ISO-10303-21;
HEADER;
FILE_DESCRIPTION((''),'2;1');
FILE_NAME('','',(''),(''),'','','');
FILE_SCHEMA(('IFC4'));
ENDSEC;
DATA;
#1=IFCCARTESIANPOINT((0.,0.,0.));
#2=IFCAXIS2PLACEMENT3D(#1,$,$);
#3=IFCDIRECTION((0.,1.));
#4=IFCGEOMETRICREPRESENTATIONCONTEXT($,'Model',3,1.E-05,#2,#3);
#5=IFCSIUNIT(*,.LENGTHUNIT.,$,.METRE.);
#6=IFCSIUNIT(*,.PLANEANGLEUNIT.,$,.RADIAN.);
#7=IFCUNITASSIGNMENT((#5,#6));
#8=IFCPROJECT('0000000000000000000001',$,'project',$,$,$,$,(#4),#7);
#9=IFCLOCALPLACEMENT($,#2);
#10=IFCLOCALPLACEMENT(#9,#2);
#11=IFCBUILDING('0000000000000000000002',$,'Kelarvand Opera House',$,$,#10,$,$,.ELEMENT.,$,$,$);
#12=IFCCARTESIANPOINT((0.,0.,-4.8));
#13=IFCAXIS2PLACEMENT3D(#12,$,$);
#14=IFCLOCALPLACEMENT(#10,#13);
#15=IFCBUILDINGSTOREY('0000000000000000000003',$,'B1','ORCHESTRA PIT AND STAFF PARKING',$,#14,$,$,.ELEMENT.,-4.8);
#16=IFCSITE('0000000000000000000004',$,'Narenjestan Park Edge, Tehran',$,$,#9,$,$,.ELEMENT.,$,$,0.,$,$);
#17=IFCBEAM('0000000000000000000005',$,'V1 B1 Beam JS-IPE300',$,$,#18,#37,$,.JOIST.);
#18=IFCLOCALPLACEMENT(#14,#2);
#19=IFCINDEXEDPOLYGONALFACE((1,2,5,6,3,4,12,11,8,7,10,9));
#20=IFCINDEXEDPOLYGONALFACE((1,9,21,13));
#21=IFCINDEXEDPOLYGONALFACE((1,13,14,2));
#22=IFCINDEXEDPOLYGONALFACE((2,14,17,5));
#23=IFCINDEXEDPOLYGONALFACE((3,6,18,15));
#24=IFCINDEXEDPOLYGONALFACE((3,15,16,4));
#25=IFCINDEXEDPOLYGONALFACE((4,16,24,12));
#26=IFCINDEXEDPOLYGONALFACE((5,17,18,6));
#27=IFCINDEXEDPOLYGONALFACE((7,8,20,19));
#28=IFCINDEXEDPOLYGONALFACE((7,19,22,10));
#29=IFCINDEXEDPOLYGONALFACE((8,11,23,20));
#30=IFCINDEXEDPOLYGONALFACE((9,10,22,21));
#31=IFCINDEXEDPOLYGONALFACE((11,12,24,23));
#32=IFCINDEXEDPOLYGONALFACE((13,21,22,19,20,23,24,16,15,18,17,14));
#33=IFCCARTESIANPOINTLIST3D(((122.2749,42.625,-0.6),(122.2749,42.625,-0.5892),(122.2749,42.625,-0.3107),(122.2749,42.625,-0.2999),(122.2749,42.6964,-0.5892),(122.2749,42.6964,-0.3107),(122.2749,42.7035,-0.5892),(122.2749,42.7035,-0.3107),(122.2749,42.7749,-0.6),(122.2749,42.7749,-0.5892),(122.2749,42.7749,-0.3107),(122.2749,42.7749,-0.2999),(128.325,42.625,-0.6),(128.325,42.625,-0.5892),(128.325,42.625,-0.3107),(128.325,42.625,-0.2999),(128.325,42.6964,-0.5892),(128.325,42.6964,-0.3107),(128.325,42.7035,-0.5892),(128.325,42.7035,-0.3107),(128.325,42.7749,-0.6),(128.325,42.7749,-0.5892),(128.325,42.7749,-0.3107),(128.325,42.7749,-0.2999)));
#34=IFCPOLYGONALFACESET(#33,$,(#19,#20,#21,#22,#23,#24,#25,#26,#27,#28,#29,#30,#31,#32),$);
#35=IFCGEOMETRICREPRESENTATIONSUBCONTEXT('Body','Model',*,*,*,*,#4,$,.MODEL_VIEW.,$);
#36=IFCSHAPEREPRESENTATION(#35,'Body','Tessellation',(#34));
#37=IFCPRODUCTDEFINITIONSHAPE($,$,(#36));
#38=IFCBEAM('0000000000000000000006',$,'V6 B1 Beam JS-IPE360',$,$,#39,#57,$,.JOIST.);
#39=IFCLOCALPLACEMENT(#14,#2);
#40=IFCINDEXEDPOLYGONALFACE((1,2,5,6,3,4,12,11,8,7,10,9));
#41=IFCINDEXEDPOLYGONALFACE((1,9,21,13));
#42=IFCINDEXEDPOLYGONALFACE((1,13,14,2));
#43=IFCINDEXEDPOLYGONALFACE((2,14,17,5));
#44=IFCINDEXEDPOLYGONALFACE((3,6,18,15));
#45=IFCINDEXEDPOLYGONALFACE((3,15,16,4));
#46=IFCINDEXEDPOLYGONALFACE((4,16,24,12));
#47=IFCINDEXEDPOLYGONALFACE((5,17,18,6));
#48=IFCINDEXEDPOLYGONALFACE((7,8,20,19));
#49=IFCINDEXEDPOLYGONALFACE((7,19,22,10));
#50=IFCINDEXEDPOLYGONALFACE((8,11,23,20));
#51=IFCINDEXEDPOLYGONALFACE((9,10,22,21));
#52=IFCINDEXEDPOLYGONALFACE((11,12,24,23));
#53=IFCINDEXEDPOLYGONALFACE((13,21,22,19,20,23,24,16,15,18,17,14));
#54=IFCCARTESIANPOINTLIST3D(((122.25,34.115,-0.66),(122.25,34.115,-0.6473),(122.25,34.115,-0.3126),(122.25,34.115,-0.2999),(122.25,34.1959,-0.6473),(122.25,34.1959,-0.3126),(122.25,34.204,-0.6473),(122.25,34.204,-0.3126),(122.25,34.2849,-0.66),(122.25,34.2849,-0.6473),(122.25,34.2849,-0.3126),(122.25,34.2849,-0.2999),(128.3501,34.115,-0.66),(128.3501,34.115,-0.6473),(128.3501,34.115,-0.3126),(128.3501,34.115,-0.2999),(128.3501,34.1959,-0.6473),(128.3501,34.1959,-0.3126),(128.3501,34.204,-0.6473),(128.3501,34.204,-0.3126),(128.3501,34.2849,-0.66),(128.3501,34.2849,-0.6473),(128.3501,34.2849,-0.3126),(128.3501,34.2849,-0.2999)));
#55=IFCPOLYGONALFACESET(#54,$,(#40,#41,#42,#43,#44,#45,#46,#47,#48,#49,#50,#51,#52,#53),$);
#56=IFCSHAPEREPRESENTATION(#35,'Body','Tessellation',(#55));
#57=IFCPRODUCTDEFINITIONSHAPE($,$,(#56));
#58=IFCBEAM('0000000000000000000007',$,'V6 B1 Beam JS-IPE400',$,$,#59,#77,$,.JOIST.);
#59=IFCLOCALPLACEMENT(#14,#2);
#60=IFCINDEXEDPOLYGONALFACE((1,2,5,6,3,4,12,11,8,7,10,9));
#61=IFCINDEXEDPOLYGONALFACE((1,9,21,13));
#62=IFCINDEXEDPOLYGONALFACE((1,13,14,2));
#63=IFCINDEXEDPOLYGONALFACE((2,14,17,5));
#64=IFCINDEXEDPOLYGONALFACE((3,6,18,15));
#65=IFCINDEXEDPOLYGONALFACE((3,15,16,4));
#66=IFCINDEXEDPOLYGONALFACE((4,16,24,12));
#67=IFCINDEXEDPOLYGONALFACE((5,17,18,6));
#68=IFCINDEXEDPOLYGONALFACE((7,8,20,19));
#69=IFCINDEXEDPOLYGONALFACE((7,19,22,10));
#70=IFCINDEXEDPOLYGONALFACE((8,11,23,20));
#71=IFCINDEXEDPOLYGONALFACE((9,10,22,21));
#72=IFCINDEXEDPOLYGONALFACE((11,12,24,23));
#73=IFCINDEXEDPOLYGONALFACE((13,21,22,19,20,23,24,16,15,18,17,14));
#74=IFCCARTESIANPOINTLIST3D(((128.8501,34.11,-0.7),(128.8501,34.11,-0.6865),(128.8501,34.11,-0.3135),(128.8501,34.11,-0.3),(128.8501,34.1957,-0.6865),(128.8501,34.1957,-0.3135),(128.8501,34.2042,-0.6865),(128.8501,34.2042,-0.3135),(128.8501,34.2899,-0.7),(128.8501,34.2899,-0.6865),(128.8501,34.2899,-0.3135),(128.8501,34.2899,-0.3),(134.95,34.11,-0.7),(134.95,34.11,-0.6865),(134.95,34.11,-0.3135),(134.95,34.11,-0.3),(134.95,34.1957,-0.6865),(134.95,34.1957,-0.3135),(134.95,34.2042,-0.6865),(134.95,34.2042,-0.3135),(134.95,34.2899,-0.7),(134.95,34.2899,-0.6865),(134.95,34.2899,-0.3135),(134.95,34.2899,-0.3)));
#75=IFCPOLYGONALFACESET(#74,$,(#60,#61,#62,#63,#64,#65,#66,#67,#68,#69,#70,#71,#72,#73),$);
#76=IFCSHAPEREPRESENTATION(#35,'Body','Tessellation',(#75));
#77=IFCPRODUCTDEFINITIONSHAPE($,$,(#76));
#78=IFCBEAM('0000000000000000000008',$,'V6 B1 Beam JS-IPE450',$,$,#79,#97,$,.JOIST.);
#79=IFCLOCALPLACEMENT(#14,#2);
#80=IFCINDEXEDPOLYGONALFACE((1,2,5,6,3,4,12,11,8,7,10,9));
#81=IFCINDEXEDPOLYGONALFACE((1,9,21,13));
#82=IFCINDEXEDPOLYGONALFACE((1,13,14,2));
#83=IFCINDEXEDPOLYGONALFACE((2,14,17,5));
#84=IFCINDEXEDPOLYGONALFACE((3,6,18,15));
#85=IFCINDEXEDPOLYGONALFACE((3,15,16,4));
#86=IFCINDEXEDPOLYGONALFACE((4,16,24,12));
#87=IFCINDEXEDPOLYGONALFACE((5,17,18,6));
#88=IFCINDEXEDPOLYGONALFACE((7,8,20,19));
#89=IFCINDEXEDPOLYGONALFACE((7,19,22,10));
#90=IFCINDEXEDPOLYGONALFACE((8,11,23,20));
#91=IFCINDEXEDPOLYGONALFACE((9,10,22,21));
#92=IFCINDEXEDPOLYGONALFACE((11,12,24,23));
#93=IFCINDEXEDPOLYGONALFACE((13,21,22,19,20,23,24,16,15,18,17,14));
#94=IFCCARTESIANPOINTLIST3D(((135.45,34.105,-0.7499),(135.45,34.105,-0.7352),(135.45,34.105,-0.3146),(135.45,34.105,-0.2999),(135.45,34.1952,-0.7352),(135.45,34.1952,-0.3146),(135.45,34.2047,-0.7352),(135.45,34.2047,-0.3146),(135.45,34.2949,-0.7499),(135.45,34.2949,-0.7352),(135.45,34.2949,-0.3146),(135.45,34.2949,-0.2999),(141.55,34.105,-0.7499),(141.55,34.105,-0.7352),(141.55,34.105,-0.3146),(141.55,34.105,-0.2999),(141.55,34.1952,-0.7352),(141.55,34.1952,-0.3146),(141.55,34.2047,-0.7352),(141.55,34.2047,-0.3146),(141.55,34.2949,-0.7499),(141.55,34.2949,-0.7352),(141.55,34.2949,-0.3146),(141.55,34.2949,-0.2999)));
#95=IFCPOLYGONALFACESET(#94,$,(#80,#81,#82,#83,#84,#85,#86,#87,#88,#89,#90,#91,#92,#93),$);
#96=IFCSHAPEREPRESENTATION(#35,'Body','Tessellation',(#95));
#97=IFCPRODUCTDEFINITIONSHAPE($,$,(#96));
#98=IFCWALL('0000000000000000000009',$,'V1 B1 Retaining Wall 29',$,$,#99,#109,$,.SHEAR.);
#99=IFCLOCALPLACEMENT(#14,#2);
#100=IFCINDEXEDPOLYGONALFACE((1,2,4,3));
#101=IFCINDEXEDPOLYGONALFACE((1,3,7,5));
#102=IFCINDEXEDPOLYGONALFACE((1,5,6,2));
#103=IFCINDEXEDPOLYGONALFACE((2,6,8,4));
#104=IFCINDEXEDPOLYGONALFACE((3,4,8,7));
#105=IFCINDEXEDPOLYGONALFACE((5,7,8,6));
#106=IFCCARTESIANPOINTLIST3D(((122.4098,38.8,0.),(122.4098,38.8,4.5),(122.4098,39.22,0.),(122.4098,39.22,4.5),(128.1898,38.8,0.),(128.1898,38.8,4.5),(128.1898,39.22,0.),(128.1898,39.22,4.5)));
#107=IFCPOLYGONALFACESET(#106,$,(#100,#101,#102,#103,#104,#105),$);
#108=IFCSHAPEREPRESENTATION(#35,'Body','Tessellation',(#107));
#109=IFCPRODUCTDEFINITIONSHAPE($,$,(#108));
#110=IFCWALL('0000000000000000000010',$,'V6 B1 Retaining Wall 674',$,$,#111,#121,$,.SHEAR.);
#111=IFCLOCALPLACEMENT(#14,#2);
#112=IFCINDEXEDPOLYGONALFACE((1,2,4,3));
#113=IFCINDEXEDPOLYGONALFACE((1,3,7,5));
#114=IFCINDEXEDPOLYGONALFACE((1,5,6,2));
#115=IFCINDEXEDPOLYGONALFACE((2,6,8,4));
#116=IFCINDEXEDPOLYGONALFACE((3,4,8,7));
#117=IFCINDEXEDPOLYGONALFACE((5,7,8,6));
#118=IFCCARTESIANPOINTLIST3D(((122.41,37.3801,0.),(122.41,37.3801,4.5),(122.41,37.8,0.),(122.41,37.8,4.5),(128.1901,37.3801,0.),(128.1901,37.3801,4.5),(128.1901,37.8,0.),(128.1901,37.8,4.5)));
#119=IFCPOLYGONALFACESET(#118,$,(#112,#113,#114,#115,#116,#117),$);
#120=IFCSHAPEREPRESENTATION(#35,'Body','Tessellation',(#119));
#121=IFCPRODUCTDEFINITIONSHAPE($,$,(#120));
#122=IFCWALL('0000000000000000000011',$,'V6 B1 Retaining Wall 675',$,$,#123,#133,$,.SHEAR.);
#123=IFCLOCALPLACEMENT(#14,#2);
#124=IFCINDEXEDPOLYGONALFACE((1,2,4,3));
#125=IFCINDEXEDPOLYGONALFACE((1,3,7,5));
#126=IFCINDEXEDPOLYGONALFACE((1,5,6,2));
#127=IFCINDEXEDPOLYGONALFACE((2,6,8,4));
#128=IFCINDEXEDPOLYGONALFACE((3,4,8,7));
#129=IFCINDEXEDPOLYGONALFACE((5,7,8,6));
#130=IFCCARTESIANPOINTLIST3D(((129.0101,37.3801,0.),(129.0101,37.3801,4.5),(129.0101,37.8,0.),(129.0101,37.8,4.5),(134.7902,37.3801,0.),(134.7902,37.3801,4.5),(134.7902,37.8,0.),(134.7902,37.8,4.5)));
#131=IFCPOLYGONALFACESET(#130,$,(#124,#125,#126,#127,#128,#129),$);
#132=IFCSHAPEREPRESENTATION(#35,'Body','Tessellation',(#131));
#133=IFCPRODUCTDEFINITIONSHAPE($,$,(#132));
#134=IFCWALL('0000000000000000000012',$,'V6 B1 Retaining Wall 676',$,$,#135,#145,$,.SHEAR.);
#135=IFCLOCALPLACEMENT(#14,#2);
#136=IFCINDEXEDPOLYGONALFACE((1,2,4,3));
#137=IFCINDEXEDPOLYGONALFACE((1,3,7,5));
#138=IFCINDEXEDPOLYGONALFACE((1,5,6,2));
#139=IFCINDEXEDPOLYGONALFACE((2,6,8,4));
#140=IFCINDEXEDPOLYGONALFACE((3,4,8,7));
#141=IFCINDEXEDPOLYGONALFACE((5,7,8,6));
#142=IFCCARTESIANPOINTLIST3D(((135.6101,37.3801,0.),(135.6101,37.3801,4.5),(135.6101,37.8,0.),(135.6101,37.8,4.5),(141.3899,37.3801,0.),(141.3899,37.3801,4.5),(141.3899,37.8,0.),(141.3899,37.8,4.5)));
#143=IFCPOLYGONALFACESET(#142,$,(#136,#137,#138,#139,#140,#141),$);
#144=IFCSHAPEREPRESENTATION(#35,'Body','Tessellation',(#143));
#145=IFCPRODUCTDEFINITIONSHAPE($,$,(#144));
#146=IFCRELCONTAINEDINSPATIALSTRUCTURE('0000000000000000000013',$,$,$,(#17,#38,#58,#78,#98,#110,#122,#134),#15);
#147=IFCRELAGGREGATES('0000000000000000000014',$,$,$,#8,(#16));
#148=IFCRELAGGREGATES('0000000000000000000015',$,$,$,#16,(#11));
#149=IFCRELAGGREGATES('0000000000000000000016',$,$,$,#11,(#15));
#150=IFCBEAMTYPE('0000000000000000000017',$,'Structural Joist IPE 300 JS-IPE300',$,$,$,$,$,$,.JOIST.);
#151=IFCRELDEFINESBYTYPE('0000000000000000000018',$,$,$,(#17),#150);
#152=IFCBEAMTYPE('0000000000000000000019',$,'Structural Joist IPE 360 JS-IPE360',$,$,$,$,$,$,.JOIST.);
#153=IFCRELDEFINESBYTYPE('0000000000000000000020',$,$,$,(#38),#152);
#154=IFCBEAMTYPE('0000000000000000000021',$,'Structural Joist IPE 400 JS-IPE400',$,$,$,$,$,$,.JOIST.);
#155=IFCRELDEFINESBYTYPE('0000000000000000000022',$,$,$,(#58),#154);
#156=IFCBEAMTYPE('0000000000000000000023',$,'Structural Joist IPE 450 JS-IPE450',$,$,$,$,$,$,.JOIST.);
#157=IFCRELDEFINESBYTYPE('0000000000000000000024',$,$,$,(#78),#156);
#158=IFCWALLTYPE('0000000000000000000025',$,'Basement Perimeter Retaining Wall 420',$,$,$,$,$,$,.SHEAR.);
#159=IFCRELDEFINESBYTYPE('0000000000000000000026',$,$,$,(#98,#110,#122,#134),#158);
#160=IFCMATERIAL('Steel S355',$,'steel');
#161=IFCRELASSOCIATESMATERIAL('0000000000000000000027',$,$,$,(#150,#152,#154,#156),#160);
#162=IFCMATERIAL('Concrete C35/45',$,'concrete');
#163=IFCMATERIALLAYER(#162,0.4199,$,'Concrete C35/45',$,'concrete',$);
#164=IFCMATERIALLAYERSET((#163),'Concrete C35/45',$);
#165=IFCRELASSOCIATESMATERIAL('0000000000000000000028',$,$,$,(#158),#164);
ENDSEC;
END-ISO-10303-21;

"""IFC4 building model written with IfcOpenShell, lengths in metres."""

from ifc_helpers import new_model, si_unit, direction, frame, frame_2d, origin, origin_2d, place, context, subcontext, project, spatial, rectangle, i_section, extrude, material, layer, layer_set, material_profile, profile_set, type_object, element, save


model = new_model("IFC4")

# Units and contexts
model_context = context("Model", 3, precision=1e-05, world=origin(), true_north=direction((0.0, 1.0)))
body_context = subcontext(model_context, "Body", "Model", "MODEL_VIEW")
ifc_project = project(units=[si_unit("LENGTHUNIT", "METRE"), si_unit("PLANEANGLEUNIT", "RADIAN")], contexts=[model_context])

# Site, building, storey
site_placement = place(None, origin())
site = spatial("IfcSite", under=ifc_project, at=site_placement, Name="Narenjestan Park Edge, Tehran", CompositionType="ELEMENT", RefElevation=0.0)
building_placement = place(site_placement, origin())
building = spatial("IfcBuilding", under=site, at=building_placement, Name="Kelarvand Opera House", CompositionType="ELEMENT")
storey_placement = place(building_placement, frame((0.0, 0.0, -4.8)))
storey = spatial("IfcBuildingStorey", under=building, at=storey_placement, Name="B1", Description="ORCHESTRA PIT AND STAFF PARKING", CompositionType="ELEMENT", Elevation=-4.8)

# Beams
ifc_material_1 = material(Name="Steel S355", Category="steel")
ifc_material_profile_1 = material_profile(ifc_material_1, i_section(OverallWidth=0.1499, OverallDepth=0.3, WebThickness=0.0071, FlangeThickness=0.0107, at=origin_2d()), Name="IPE 300", Category="steel")
ifc_profile_set_1 = profile_set([ifc_material_profile_1], Name="Steel S355")
beam_type_1 = type_object("IfcBeamType", Name="Structural Joist IPE 300 JS-IPE300", PredefinedType="JOIST", material=ifc_profile_set_1)
beam_1_placement = place(storey_placement, frame((122.2749, 42.7, -0.45), z_axis=(1.0, 0.0, 0.0), x_axis=(0.0, 1.0, 0.0)))
element("IfcBeam", 1, at=beam_1_placement, inside=storey, type_object=beam_type_1, Name="V1 B1 Beam JS-IPE300", PredefinedType="JOIST", context=body_context, shape_type="SweptSolid", body=[
    extrude(i_section(OverallWidth=0.1499, OverallDepth=0.3, WebThickness=0.0071, FlangeThickness=0.0107, at=origin_2d()), origin(), (0.0, 0.0, 1.0), 6.05),
])
ifc_material_profile_2 = material_profile(ifc_material_1, i_section(OverallWidth=0.1699, OverallDepth=0.3601, WebThickness=0.0081, FlangeThickness=0.0127, at=origin_2d()), Name="IPE 360", Category="steel")
ifc_profile_set_2 = profile_set([ifc_material_profile_2], Name="Steel S355")
beam_type_2 = type_object("IfcBeamType", Name="Structural Joist IPE 360 JS-IPE360", PredefinedType="JOIST", material=ifc_profile_set_2)
beam_2_placement = place(storey_placement, frame((122.25, 34.2, -0.48), z_axis=(1.0, 0.0, 0.0), x_axis=(0.0, 1.0, 0.0)))
element("IfcBeam", 2, at=beam_2_placement, inside=storey, type_object=beam_type_2, Name="V6 B1 Beam JS-IPE360", PredefinedType="JOIST", context=body_context, shape_type="SweptSolid", body=[
    extrude(i_section(OverallWidth=0.1699, OverallDepth=0.3601, WebThickness=0.0081, FlangeThickness=0.0127, at=origin_2d()), origin(), (0.0, 0.0, 1.0), 6.1001),
])
ifc_material_profile_3 = material_profile(ifc_material_1, i_section(OverallWidth=0.1799, OverallDepth=0.3999, WebThickness=0.0085, FlangeThickness=0.0134, at=origin_2d()), Name="IPE 400", Category="steel")
ifc_profile_set_3 = profile_set([ifc_material_profile_3], Name="Steel S355")
beam_type_3 = type_object("IfcBeamType", Name="Structural Joist IPE 400 JS-IPE400", PredefinedType="JOIST", material=ifc_profile_set_3)
beam_3_placement = place(storey_placement, frame((128.8501, 34.2, -0.5), z_axis=(1.0, 0.0, 0.0), x_axis=(0.0, 1.0, 0.0)))
element("IfcBeam", 3, at=beam_3_placement, inside=storey, type_object=beam_type_3, Name="V6 B1 Beam JS-IPE400", PredefinedType="JOIST", context=body_context, shape_type="SweptSolid", body=[
    extrude(i_section(OverallWidth=0.1799, OverallDepth=0.3999, WebThickness=0.0085, FlangeThickness=0.0134, at=origin_2d()), origin(), (0.0, 0.0, 1.0), 6.0999),
])
ifc_material_profile_4 = material_profile(ifc_material_1, i_section(OverallWidth=0.1899, OverallDepth=0.45, WebThickness=0.0095, FlangeThickness=0.0146, at=origin_2d()), Name="IPE 450", Category="steel")
ifc_profile_set_4 = profile_set([ifc_material_profile_4], Name="Steel S355")
beam_type_4 = type_object("IfcBeamType", Name="Structural Joist IPE 450 JS-IPE450", PredefinedType="JOIST", material=ifc_profile_set_4)
beam_4_placement = place(storey_placement, frame((135.45, 34.2, -0.5249), z_axis=(1.0, 0.0, 0.0), x_axis=(0.0, 1.0, 0.0)))
element("IfcBeam", 4, at=beam_4_placement, inside=storey, type_object=beam_type_4, Name="V6 B1 Beam JS-IPE450", PredefinedType="JOIST", context=body_context, shape_type="SweptSolid", body=[
    extrude(i_section(OverallWidth=0.1899, OverallDepth=0.45, WebThickness=0.0095, FlangeThickness=0.0146, at=origin_2d()), origin(), (0.0, 0.0, 1.0), 6.1001),
])

# Walls
ifc_material_2 = material(Name="Concrete C35/45", Category="concrete")
ifc_layer = layer(ifc_material_2, 0.4199, Name="Concrete C35/45", Category="concrete")
ifc_layer_set = layer_set([ifc_layer], Name="Concrete C35/45")
wall_type = type_object("IfcWallType", Name="Basement Perimeter Retaining Wall 420", PredefinedType="SHEAR", material=ifc_layer_set)
for number, where, z_axis, x_axis, name in (
    (5, (128.1899, 39.01, 0.0), (0.0, 0.0, 1.0), (-1.0, 0.0, 0.0), "V1 B1 Retaining Wall 29"),
    (6, (122.4099, 37.5901, 0.0), (0.0, 0.0, 1.0), (1.0, 0.0, 0.0), "V6 B1 Retaining Wall 674"),
    (7, (129.01, 37.5901, 0.0), (0.0, 0.0, 1.0), (1.0, 0.0, 0.0), "V6 B1 Retaining Wall 675"),
):
    element("IfcWall", number, at=place(storey_placement, frame(where, z_axis=z_axis, x_axis=x_axis)), inside=storey, type_object=wall_type, Name=name, PredefinedType="SHEAR", context=body_context, shape_type="SweptSolid", body=[
        extrude(rectangle(XDim=5.78, YDim=0.4199, at=frame_2d((2.8901, 0.0))), origin(), (0.0, 0.0, 1.0), 4.5),
    ])
wall_placement = place(storey_placement, frame((135.6101, 37.5901, 0.0), z_axis=(0.0, 0.0, 1.0), x_axis=(1.0, 0.0, 0.0)))
element("IfcWall", 8, at=wall_placement, inside=storey, type_object=wall_type, Name="V6 B1 Retaining Wall 676", PredefinedType="SHEAR", context=body_context, shape_type="SweptSolid", body=[
    extrude(rectangle(XDim=5.7798, YDim=0.4199, at=frame_2d((2.8899, 0.0))), origin(), (0.0, 0.0, 1.0), 4.5),
])

save(model, "model.ifc")
